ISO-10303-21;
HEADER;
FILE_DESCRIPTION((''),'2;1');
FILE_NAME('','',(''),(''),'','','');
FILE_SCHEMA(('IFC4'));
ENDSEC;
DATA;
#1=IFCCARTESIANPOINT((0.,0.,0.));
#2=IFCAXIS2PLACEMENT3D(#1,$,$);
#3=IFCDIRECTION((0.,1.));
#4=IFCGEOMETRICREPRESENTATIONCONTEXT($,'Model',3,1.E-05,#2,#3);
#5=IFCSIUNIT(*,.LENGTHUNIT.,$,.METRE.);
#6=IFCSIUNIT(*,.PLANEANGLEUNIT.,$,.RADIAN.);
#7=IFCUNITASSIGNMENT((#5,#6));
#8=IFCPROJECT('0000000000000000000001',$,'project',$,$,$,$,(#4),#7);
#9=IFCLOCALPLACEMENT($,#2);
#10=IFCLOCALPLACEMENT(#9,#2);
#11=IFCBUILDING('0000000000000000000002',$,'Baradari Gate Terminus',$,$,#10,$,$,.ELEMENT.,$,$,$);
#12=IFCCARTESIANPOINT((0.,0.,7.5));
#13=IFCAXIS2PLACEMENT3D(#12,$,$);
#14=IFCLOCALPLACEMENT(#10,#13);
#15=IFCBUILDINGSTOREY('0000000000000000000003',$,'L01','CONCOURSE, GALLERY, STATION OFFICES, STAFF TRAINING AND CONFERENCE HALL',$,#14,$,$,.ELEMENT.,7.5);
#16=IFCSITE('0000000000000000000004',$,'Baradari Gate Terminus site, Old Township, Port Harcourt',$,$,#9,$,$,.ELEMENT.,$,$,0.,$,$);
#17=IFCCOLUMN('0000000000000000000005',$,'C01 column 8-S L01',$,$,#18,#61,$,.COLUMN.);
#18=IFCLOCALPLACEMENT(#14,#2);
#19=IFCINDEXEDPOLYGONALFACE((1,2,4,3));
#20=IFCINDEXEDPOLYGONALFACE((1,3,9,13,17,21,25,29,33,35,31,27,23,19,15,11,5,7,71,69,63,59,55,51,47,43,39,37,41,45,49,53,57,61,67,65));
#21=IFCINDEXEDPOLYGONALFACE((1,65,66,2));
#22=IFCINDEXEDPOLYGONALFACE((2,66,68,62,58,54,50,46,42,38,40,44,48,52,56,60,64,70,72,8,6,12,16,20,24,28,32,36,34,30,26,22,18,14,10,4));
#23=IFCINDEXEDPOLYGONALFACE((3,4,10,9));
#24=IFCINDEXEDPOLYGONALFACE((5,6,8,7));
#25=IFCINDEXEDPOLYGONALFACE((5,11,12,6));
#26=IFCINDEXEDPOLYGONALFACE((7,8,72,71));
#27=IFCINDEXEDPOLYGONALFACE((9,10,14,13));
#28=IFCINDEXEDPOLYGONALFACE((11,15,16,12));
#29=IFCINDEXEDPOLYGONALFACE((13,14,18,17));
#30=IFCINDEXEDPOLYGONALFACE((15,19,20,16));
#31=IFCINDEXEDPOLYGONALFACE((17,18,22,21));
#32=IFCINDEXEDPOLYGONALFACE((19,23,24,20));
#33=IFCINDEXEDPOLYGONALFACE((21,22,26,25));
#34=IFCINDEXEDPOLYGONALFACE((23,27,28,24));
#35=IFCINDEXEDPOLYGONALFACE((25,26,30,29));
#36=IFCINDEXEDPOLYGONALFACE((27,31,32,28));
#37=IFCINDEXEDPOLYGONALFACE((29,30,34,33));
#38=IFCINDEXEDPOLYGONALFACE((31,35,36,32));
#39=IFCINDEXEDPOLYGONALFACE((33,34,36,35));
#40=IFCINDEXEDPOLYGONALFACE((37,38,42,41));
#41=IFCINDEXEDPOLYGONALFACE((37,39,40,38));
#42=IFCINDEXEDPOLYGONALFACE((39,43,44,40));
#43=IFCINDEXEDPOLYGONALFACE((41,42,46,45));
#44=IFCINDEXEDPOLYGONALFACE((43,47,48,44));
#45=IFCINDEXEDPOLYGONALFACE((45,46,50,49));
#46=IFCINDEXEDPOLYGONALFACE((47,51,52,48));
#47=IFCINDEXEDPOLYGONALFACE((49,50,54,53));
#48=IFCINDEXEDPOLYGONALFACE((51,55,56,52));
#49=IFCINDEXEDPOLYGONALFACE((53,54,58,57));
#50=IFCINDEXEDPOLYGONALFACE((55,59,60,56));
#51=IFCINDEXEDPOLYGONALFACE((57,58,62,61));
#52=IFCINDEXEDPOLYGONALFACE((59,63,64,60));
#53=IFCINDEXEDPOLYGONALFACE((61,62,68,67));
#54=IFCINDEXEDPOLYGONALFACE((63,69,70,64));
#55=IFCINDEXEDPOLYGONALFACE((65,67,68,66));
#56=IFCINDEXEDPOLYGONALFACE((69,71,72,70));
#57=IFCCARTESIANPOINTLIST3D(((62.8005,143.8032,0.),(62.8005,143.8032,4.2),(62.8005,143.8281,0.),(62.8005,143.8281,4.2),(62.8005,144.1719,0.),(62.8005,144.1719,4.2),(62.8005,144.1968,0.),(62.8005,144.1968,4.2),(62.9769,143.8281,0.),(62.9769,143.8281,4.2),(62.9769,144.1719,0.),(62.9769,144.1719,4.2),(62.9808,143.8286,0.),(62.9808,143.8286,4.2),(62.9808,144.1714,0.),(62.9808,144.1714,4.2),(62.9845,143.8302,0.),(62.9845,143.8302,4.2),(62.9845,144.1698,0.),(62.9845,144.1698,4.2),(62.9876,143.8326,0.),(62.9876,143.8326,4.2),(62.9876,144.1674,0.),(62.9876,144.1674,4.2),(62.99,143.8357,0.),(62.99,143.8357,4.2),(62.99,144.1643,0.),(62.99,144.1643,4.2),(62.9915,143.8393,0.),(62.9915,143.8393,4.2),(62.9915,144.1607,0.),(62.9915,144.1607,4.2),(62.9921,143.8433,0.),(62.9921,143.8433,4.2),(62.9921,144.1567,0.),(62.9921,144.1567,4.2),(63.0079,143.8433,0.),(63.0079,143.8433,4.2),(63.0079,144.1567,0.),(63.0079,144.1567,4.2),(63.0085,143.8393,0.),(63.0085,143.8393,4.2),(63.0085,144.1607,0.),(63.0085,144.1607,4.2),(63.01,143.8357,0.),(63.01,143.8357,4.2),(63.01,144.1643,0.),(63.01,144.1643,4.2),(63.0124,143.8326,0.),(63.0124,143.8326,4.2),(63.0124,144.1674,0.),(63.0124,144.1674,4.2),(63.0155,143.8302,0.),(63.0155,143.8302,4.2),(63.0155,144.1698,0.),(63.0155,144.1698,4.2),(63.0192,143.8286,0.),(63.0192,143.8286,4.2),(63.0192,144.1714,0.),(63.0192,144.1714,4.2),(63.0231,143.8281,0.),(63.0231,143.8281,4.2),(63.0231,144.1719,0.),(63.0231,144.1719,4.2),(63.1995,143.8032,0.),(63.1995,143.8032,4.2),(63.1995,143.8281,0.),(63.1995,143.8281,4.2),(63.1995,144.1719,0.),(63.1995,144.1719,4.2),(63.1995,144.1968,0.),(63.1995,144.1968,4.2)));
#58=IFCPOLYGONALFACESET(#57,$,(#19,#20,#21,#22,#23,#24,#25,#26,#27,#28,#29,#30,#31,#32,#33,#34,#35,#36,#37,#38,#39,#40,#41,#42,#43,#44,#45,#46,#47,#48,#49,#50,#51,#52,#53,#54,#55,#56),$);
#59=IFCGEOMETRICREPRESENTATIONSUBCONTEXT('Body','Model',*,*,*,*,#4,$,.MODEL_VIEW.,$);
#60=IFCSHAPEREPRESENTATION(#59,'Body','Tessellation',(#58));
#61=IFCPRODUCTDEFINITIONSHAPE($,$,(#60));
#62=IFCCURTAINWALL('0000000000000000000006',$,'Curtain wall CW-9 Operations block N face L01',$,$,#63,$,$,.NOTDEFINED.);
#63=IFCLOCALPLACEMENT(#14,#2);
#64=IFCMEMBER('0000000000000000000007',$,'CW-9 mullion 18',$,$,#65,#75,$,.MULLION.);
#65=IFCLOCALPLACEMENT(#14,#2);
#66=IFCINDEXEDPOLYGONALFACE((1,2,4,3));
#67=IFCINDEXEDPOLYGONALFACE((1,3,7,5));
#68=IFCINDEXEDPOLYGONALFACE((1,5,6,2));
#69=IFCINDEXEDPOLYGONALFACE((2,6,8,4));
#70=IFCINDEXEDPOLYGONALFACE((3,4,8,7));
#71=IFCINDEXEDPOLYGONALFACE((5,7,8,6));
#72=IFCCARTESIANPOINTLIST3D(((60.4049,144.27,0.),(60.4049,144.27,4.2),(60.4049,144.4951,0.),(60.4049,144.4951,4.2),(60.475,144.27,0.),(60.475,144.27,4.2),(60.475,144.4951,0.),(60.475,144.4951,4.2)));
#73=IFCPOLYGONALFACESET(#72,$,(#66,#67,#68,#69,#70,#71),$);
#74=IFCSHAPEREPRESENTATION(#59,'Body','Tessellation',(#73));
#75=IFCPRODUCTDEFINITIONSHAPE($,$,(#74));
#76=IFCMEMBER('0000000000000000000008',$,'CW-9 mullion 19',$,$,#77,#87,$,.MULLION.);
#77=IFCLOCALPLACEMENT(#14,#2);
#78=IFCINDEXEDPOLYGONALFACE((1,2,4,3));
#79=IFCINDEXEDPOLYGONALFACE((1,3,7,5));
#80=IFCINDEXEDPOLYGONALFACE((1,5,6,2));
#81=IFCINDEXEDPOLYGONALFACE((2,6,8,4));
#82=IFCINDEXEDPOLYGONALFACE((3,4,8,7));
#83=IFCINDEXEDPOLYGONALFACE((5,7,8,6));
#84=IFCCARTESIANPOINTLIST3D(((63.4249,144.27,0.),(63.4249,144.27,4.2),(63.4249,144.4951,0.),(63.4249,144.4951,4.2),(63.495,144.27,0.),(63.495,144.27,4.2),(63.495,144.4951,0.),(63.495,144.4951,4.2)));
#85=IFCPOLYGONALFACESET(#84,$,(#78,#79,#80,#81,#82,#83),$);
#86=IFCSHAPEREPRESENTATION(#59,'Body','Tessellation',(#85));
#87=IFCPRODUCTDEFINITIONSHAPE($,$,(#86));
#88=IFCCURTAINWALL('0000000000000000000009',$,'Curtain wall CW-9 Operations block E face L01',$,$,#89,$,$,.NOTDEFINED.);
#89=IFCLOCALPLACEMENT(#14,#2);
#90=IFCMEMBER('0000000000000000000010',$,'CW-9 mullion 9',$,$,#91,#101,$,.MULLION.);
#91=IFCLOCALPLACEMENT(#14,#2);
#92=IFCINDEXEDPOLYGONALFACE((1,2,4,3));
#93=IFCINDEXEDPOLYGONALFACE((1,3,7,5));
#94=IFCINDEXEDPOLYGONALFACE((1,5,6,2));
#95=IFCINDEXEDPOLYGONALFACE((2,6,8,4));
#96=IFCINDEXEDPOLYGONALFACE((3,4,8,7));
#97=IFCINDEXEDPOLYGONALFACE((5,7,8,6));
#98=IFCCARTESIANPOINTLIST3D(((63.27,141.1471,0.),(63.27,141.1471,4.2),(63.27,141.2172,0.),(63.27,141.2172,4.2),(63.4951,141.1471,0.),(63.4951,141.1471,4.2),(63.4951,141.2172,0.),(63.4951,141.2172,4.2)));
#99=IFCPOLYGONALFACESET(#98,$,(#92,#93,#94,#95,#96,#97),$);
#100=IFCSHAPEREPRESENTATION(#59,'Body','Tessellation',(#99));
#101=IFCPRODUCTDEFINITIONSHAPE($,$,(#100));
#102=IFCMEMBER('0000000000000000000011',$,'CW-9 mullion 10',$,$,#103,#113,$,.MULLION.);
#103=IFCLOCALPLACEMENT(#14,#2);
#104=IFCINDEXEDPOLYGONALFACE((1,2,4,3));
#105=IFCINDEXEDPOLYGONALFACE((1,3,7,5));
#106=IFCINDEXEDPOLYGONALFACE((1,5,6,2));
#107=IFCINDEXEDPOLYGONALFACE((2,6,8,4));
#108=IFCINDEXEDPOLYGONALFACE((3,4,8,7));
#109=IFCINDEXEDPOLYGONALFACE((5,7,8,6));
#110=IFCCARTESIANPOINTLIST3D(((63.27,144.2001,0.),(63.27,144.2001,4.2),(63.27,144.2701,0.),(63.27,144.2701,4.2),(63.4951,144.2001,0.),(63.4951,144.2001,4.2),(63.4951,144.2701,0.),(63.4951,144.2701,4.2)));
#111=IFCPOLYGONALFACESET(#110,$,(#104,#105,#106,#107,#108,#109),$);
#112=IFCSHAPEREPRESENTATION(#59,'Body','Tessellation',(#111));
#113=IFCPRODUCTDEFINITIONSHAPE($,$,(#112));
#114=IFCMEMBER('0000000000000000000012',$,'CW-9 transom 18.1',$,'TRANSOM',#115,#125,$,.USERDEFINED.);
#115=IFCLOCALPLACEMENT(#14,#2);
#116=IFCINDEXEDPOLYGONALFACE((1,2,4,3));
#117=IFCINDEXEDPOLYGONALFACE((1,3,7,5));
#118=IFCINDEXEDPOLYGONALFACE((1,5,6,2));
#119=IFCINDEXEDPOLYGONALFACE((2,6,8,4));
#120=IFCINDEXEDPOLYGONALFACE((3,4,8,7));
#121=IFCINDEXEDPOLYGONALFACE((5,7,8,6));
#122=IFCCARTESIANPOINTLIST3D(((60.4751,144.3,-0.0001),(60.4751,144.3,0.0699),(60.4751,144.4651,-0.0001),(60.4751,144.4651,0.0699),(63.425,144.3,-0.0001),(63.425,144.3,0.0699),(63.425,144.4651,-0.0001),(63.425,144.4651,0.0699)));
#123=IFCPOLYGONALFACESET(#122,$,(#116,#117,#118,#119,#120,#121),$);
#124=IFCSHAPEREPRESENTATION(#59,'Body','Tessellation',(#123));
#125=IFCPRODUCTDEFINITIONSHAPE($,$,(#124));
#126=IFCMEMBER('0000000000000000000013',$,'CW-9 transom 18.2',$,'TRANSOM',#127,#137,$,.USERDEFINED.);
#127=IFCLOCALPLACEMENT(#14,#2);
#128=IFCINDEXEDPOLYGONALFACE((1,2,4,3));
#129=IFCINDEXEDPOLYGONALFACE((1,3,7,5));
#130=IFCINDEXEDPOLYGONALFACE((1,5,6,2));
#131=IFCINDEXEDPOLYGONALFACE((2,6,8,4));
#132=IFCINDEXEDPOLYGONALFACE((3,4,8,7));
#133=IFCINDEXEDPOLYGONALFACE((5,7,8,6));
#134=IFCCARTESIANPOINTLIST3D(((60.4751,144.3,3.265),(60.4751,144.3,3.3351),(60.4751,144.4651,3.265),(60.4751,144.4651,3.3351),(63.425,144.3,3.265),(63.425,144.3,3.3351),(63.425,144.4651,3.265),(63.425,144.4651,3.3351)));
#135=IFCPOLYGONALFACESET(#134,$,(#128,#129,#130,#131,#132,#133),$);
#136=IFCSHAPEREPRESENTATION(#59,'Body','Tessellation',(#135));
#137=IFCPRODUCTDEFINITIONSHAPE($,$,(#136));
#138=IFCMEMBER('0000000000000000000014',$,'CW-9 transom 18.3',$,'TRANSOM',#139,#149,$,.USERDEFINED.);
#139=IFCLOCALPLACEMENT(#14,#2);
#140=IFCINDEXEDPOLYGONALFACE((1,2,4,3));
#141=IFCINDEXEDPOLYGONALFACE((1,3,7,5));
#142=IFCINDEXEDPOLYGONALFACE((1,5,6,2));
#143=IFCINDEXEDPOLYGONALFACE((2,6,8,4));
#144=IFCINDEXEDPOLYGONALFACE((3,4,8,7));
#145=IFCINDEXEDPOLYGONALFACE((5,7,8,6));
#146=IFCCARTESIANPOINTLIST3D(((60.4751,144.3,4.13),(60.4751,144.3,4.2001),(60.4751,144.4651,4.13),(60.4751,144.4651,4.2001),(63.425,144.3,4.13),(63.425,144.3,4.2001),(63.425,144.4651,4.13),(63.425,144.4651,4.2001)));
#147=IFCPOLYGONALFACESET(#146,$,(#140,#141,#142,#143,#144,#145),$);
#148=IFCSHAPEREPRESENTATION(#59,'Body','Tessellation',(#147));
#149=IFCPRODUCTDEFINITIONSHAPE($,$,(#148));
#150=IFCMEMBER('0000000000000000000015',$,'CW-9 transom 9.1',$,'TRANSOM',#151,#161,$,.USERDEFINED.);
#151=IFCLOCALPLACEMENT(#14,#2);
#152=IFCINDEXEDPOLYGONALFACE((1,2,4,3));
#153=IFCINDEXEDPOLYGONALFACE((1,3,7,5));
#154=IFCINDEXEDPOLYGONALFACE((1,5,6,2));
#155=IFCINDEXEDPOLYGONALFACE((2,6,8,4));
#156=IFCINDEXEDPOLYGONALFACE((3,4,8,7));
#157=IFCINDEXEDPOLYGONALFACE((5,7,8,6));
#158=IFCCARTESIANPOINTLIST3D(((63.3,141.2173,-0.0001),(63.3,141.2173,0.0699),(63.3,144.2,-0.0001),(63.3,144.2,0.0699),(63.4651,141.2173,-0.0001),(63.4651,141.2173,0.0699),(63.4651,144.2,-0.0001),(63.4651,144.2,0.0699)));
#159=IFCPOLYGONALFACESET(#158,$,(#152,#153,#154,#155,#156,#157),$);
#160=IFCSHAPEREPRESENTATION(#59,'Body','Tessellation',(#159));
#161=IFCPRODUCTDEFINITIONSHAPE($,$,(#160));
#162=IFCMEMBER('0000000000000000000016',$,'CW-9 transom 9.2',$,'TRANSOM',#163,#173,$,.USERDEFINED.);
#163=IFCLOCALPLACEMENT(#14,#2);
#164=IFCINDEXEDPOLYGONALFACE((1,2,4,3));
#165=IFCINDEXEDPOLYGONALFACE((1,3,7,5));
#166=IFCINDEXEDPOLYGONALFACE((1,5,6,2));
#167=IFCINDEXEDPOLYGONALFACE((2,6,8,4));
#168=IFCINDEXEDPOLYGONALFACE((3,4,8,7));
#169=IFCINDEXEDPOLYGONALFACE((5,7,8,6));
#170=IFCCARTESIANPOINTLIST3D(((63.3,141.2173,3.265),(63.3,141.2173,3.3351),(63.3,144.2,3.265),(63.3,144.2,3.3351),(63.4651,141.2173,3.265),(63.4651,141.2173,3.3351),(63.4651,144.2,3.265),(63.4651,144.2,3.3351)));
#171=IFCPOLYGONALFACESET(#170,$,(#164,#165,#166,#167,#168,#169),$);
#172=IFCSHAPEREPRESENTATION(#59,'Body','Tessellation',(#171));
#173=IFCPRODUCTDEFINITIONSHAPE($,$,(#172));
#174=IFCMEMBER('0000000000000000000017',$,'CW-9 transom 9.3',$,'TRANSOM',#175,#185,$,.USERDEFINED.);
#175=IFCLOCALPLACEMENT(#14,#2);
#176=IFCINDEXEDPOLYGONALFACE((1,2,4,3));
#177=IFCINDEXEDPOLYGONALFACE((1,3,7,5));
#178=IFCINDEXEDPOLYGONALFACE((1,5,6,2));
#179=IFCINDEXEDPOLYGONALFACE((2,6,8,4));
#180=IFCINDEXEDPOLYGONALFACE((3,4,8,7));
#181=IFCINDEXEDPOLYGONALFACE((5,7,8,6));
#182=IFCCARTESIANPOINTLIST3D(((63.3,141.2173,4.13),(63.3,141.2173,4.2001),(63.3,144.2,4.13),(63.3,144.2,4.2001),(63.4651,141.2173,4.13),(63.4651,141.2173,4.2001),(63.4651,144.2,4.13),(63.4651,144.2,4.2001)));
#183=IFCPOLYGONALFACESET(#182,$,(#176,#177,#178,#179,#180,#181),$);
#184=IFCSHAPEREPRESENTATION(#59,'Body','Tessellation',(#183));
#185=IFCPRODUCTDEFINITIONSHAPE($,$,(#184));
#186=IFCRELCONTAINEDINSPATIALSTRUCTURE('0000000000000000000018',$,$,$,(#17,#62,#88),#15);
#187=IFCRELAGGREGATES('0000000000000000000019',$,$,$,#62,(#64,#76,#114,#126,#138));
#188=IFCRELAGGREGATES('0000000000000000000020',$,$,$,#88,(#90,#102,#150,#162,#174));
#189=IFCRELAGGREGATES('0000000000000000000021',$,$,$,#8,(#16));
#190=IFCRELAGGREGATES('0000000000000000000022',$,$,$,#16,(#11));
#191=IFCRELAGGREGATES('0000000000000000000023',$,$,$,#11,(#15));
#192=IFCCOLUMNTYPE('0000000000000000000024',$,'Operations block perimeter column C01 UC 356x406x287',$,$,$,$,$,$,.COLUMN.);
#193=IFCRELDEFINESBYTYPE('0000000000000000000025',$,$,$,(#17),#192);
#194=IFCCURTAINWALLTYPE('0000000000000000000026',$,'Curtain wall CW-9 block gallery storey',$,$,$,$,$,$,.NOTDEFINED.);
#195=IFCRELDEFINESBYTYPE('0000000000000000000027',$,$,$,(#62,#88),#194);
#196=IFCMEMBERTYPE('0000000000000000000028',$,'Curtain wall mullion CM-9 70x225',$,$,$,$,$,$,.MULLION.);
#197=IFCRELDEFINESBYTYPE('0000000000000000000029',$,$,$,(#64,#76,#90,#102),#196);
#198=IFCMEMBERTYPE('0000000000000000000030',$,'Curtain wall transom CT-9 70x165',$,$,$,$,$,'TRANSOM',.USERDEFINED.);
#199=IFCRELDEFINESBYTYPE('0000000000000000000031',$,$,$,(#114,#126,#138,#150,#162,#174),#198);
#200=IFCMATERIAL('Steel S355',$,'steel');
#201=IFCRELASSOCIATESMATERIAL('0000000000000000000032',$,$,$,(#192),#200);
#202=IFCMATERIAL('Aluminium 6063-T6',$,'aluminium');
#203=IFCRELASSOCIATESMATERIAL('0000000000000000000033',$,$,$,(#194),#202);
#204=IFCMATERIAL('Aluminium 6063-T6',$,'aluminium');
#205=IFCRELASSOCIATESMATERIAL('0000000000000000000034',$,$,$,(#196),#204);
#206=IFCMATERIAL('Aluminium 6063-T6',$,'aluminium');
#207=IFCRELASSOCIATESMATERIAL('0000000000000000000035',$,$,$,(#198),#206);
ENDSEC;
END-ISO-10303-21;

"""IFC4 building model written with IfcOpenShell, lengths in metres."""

from ifc_helpers import new_model, si_unit, direction, frame, origin, origin_2d, place, context, subcontext, project, spatial, rectangle, i_section, extrude, material, material_profile, profile_set, type_object, element, aggregate, save


model = new_model("IFC4")

# Units and contexts
model_context = context("Model", 3, precision=1e-05, world=origin(), true_north=direction((0.0, 1.0)))
body_context = subcontext(model_context, "Body", "Model", "MODEL_VIEW")
ifc_project = project(units=[si_unit("LENGTHUNIT", "METRE"), si_unit("PLANEANGLEUNIT", "RADIAN")], contexts=[model_context])

# Site, building, storey
site_placement = place(None, origin())
site = spatial("IfcSite", under=ifc_project, at=site_placement, Name="Baradari Gate Terminus site, Old Township, Port Harcourt", CompositionType="ELEMENT", RefElevation=0.0)
building_placement = place(site_placement, origin())
building = spatial("IfcBuilding", under=site, at=building_placement, Name="Baradari Gate Terminus", CompositionType="ELEMENT")
storey_placement = place(building_placement, frame((0.0, 0.0, 7.5)))
storey = spatial("IfcBuildingStorey", under=building, at=storey_placement, Name="L01", Description="CONCOURSE, GALLERY, STATION OFFICES, STAFF TRAINING AND CONFERENCE HALL", CompositionType="ELEMENT", Elevation=7.5)

# Column
ifc_material_1 = material(Name="Steel S355", Category="steel")
ifc_material_profile_1 = material_profile(ifc_material_1, i_section(OverallWidth=0.3989, OverallDepth=0.3936, WebThickness=0.0159, FlangeThickness=0.0249, FilletRadius=0.0151, at=origin_2d()), Name="UC 356x406x287")
ifc_profile_set_1 = profile_set([ifc_material_profile_1], Name="Steel S355")
column_type = type_object("IfcColumnType", Name="Operations block perimeter column C01 UC 356x406x287", PredefinedType="COLUMN", material=ifc_profile_set_1)
column_placement = place(storey_placement, frame((63.0, 144.0, 0.0), z_axis=(0.0, 0.0, 1.0), x_axis=(1.0, 0.0, 0.0)))
element("IfcColumn", 1, at=column_placement, inside=storey, type_object=column_type, Name="C01 column 8-S L01", PredefinedType="COLUMN", context=body_context, shape_type="SweptSolid", body=[
    extrude(i_section(OverallWidth=0.3989, OverallDepth=0.3936, WebThickness=0.0159, FlangeThickness=0.0249, FilletRadius=0.0151, at=origin_2d()), origin(), (0.0, 0.0, 1.0), 4.2),
])

# Curtain walls, members
ifc_material_2 = material(Name="Aluminium 6063-T6", Category="aluminium")
curtain_wall_type = type_object("IfcCurtainWallType", Name="Curtain wall CW-9 block gallery storey", PredefinedType="NOTDEFINED", material=ifc_material_2)
curtain_wall_1_placement = place(storey_placement, origin())
curtain_wall_1 = element("IfcCurtainWall", 2, at=curtain_wall_1_placement, inside=storey, type_object=curtain_wall_type, Name="Curtain wall CW-9 Operations block N face L01", PredefinedType="NOTDEFINED")
ifc_material_3 = material(Name="Aluminium 6063-T6", Category="aluminium")
ifc_material_profile_2 = material_profile(ifc_material_3, rectangle(XDim=0.2251, YDim=0.0701, at=origin_2d()), Name="CM-9 70X225")
ifc_profile_set_2 = profile_set([ifc_material_profile_2], Name="Aluminium 6063-T6")
member_type_1 = type_object("IfcMemberType", Name="Curtain wall mullion CM-9 70x225", PredefinedType="MULLION", material=ifc_profile_set_2)
member_1_placement = place(storey_placement, frame((60.4399, 144.3826, 0.0), z_axis=(0.0, 0.0, 1.0), x_axis=(0.0, 1.0, 0.0)))
member_1 = element("IfcMember", 3, at=member_1_placement, type_object=member_type_1, Name="CW-9 mullion 18", PredefinedType="MULLION", context=body_context, shape_type="SweptSolid", body=[
    extrude(rectangle(XDim=0.2251, YDim=0.0701, at=origin_2d()), origin(), (0.0, 0.0, 1.0), 4.2),
])
member_2_placement = place(storey_placement, frame((63.46, 144.3826, 0.0), z_axis=(0.0, 0.0, 1.0), x_axis=(0.0, 1.0, 0.0)))
member_2 = element("IfcMember", 4, at=member_2_placement, type_object=member_type_1, Name="CW-9 mullion 19", PredefinedType="MULLION", context=body_context, shape_type="SweptSolid", body=[
    extrude(rectangle(XDim=0.2251, YDim=0.0701, at=origin_2d()), origin(), (0.0, 0.0, 1.0), 4.2),
])
curtain_wall_2_placement = place(storey_placement, origin())
curtain_wall_2 = element("IfcCurtainWall", 5, at=curtain_wall_2_placement, inside=storey, type_object=curtain_wall_type, Name="Curtain wall CW-9 Operations block E face L01", PredefinedType="NOTDEFINED")
member_3_placement = place(storey_placement, frame((63.3826, 141.1821, 0.0), z_axis=(0.0, 0.0, 1.0), x_axis=(-1.0, 0.0, 0.0)))
member_3 = element("IfcMember", 6, at=member_3_placement, type_object=member_type_1, Name="CW-9 mullion 9", PredefinedType="MULLION", context=body_context, shape_type="SweptSolid", body=[
    extrude(rectangle(XDim=0.2251, YDim=0.0701, at=origin_2d()), origin(), (0.0, 0.0, 1.0), 4.2),
])
member_4_placement = place(storey_placement, frame((63.3826, 144.2351, 0.0), z_axis=(0.0, 0.0, 1.0), x_axis=(-1.0, 0.0, 0.0)))
member_4 = element("IfcMember", 7, at=member_4_placement, type_object=member_type_1, Name="CW-9 mullion 10", PredefinedType="MULLION", context=body_context, shape_type="SweptSolid", body=[
    extrude(rectangle(XDim=0.2251, YDim=0.0701, at=origin_2d()), origin(), (0.0, 0.0, 1.0), 4.2),
])

# Members
ifc_material_4 = material(Name="Aluminium 6063-T6", Category="aluminium")
ifc_material_profile_3 = material_profile(ifc_material_4, rectangle(XDim=0.165, YDim=0.0701, at=origin_2d()), Name="CT-9 70X165")
ifc_profile_set_3 = profile_set([ifc_material_profile_3], Name="Aluminium 6063-T6")
member_type_2 = type_object("IfcMemberType", Name="Curtain wall transom CT-9 70x165", ElementType="TRANSOM", PredefinedType="USERDEFINED", material=ifc_profile_set_3)
member_5_placement = place(storey_placement, frame((60.4751, 144.3826, 0.0349), z_axis=(1.0, 0.0, 0.0), x_axis=(0.0, 1.0, 0.0)))
member_5 = element("IfcMember", 8, at=member_5_placement, type_object=member_type_2, Name="CW-9 transom 18.1", ObjectType="TRANSOM", PredefinedType="USERDEFINED", context=body_context, shape_type="SweptSolid", body=[
    extrude(rectangle(XDim=0.165, YDim=0.0701, at=origin_2d()), origin(), (0.0, 0.0, 1.0), 2.95),
])
member_6_placement = place(storey_placement, frame((60.4751, 144.3826, 3.3), z_axis=(1.0, 0.0, 0.0), x_axis=(0.0, 1.0, 0.0)))
member_6 = element("IfcMember", 9, at=member_6_placement, type_object=member_type_2, Name="CW-9 transom 18.2", ObjectType="TRANSOM", PredefinedType="USERDEFINED", context=body_context, shape_type="SweptSolid", body=[
    extrude(rectangle(XDim=0.165, YDim=0.0701, at=origin_2d()), origin(), (0.0, 0.0, 1.0), 2.95),
])
member_7_placement = place(storey_placement, frame((60.4751, 144.3826, 4.165), z_axis=(1.0, 0.0, 0.0), x_axis=(0.0, 1.0, 0.0)))
member_7 = element("IfcMember", 10, at=member_7_placement, type_object=member_type_2, Name="CW-9 transom 18.3", ObjectType="TRANSOM", PredefinedType="USERDEFINED", context=body_context, shape_type="SweptSolid", body=[
    extrude(rectangle(XDim=0.165, YDim=0.0701, at=origin_2d()), origin(), (0.0, 0.0, 1.0), 2.95),
])
member_8_placement = place(storey_placement, frame((63.3826, 141.2173, 0.0349), z_axis=(0.0, 1.0, 0.0), x_axis=(-1.0, 0.0, 0.0)))
member_8 = element("IfcMember", 11, at=member_8_placement, type_object=member_type_2, Name="CW-9 transom 9.1", ObjectType="TRANSOM", PredefinedType="USERDEFINED", context=body_context, shape_type="SweptSolid", body=[
    extrude(rectangle(XDim=0.165, YDim=0.0701, at=origin_2d()), origin(), (0.0, 0.0, 1.0), 2.9827),
])
member_9_placement = place(storey_placement, frame((63.3826, 141.2173, 3.3), z_axis=(0.0, 1.0, 0.0), x_axis=(-1.0, 0.0, 0.0)))
member_9 = element("IfcMember", 12, at=member_9_placement, type_object=member_type_2, Name="CW-9 transom 9.2", ObjectType="TRANSOM", PredefinedType="USERDEFINED", context=body_context, shape_type="SweptSolid", body=[
    extrude(rectangle(XDim=0.165, YDim=0.0701, at=origin_2d()), origin(), (0.0, 0.0, 1.0), 2.9827),
])
member_10_placement = place(storey_placement, frame((63.3826, 141.2173, 4.165), z_axis=(0.0, 1.0, 0.0), x_axis=(-1.0, 0.0, 0.0)))
member_10 = element("IfcMember", 13, at=member_10_placement, type_object=member_type_2, Name="CW-9 transom 9.3", ObjectType="TRANSOM", PredefinedType="USERDEFINED", context=body_context, shape_type="SweptSolid", body=[
    extrude(rectangle(XDim=0.165, YDim=0.0701, at=origin_2d()), origin(), (0.0, 0.0, 1.0), 2.9827),
])

aggregate(curtain_wall_1, [member_1, member_2, member_5, member_6, member_7])
aggregate(curtain_wall_2, [member_3, member_4, member_8, member_9, member_10])

save(model, "model.ifc")
